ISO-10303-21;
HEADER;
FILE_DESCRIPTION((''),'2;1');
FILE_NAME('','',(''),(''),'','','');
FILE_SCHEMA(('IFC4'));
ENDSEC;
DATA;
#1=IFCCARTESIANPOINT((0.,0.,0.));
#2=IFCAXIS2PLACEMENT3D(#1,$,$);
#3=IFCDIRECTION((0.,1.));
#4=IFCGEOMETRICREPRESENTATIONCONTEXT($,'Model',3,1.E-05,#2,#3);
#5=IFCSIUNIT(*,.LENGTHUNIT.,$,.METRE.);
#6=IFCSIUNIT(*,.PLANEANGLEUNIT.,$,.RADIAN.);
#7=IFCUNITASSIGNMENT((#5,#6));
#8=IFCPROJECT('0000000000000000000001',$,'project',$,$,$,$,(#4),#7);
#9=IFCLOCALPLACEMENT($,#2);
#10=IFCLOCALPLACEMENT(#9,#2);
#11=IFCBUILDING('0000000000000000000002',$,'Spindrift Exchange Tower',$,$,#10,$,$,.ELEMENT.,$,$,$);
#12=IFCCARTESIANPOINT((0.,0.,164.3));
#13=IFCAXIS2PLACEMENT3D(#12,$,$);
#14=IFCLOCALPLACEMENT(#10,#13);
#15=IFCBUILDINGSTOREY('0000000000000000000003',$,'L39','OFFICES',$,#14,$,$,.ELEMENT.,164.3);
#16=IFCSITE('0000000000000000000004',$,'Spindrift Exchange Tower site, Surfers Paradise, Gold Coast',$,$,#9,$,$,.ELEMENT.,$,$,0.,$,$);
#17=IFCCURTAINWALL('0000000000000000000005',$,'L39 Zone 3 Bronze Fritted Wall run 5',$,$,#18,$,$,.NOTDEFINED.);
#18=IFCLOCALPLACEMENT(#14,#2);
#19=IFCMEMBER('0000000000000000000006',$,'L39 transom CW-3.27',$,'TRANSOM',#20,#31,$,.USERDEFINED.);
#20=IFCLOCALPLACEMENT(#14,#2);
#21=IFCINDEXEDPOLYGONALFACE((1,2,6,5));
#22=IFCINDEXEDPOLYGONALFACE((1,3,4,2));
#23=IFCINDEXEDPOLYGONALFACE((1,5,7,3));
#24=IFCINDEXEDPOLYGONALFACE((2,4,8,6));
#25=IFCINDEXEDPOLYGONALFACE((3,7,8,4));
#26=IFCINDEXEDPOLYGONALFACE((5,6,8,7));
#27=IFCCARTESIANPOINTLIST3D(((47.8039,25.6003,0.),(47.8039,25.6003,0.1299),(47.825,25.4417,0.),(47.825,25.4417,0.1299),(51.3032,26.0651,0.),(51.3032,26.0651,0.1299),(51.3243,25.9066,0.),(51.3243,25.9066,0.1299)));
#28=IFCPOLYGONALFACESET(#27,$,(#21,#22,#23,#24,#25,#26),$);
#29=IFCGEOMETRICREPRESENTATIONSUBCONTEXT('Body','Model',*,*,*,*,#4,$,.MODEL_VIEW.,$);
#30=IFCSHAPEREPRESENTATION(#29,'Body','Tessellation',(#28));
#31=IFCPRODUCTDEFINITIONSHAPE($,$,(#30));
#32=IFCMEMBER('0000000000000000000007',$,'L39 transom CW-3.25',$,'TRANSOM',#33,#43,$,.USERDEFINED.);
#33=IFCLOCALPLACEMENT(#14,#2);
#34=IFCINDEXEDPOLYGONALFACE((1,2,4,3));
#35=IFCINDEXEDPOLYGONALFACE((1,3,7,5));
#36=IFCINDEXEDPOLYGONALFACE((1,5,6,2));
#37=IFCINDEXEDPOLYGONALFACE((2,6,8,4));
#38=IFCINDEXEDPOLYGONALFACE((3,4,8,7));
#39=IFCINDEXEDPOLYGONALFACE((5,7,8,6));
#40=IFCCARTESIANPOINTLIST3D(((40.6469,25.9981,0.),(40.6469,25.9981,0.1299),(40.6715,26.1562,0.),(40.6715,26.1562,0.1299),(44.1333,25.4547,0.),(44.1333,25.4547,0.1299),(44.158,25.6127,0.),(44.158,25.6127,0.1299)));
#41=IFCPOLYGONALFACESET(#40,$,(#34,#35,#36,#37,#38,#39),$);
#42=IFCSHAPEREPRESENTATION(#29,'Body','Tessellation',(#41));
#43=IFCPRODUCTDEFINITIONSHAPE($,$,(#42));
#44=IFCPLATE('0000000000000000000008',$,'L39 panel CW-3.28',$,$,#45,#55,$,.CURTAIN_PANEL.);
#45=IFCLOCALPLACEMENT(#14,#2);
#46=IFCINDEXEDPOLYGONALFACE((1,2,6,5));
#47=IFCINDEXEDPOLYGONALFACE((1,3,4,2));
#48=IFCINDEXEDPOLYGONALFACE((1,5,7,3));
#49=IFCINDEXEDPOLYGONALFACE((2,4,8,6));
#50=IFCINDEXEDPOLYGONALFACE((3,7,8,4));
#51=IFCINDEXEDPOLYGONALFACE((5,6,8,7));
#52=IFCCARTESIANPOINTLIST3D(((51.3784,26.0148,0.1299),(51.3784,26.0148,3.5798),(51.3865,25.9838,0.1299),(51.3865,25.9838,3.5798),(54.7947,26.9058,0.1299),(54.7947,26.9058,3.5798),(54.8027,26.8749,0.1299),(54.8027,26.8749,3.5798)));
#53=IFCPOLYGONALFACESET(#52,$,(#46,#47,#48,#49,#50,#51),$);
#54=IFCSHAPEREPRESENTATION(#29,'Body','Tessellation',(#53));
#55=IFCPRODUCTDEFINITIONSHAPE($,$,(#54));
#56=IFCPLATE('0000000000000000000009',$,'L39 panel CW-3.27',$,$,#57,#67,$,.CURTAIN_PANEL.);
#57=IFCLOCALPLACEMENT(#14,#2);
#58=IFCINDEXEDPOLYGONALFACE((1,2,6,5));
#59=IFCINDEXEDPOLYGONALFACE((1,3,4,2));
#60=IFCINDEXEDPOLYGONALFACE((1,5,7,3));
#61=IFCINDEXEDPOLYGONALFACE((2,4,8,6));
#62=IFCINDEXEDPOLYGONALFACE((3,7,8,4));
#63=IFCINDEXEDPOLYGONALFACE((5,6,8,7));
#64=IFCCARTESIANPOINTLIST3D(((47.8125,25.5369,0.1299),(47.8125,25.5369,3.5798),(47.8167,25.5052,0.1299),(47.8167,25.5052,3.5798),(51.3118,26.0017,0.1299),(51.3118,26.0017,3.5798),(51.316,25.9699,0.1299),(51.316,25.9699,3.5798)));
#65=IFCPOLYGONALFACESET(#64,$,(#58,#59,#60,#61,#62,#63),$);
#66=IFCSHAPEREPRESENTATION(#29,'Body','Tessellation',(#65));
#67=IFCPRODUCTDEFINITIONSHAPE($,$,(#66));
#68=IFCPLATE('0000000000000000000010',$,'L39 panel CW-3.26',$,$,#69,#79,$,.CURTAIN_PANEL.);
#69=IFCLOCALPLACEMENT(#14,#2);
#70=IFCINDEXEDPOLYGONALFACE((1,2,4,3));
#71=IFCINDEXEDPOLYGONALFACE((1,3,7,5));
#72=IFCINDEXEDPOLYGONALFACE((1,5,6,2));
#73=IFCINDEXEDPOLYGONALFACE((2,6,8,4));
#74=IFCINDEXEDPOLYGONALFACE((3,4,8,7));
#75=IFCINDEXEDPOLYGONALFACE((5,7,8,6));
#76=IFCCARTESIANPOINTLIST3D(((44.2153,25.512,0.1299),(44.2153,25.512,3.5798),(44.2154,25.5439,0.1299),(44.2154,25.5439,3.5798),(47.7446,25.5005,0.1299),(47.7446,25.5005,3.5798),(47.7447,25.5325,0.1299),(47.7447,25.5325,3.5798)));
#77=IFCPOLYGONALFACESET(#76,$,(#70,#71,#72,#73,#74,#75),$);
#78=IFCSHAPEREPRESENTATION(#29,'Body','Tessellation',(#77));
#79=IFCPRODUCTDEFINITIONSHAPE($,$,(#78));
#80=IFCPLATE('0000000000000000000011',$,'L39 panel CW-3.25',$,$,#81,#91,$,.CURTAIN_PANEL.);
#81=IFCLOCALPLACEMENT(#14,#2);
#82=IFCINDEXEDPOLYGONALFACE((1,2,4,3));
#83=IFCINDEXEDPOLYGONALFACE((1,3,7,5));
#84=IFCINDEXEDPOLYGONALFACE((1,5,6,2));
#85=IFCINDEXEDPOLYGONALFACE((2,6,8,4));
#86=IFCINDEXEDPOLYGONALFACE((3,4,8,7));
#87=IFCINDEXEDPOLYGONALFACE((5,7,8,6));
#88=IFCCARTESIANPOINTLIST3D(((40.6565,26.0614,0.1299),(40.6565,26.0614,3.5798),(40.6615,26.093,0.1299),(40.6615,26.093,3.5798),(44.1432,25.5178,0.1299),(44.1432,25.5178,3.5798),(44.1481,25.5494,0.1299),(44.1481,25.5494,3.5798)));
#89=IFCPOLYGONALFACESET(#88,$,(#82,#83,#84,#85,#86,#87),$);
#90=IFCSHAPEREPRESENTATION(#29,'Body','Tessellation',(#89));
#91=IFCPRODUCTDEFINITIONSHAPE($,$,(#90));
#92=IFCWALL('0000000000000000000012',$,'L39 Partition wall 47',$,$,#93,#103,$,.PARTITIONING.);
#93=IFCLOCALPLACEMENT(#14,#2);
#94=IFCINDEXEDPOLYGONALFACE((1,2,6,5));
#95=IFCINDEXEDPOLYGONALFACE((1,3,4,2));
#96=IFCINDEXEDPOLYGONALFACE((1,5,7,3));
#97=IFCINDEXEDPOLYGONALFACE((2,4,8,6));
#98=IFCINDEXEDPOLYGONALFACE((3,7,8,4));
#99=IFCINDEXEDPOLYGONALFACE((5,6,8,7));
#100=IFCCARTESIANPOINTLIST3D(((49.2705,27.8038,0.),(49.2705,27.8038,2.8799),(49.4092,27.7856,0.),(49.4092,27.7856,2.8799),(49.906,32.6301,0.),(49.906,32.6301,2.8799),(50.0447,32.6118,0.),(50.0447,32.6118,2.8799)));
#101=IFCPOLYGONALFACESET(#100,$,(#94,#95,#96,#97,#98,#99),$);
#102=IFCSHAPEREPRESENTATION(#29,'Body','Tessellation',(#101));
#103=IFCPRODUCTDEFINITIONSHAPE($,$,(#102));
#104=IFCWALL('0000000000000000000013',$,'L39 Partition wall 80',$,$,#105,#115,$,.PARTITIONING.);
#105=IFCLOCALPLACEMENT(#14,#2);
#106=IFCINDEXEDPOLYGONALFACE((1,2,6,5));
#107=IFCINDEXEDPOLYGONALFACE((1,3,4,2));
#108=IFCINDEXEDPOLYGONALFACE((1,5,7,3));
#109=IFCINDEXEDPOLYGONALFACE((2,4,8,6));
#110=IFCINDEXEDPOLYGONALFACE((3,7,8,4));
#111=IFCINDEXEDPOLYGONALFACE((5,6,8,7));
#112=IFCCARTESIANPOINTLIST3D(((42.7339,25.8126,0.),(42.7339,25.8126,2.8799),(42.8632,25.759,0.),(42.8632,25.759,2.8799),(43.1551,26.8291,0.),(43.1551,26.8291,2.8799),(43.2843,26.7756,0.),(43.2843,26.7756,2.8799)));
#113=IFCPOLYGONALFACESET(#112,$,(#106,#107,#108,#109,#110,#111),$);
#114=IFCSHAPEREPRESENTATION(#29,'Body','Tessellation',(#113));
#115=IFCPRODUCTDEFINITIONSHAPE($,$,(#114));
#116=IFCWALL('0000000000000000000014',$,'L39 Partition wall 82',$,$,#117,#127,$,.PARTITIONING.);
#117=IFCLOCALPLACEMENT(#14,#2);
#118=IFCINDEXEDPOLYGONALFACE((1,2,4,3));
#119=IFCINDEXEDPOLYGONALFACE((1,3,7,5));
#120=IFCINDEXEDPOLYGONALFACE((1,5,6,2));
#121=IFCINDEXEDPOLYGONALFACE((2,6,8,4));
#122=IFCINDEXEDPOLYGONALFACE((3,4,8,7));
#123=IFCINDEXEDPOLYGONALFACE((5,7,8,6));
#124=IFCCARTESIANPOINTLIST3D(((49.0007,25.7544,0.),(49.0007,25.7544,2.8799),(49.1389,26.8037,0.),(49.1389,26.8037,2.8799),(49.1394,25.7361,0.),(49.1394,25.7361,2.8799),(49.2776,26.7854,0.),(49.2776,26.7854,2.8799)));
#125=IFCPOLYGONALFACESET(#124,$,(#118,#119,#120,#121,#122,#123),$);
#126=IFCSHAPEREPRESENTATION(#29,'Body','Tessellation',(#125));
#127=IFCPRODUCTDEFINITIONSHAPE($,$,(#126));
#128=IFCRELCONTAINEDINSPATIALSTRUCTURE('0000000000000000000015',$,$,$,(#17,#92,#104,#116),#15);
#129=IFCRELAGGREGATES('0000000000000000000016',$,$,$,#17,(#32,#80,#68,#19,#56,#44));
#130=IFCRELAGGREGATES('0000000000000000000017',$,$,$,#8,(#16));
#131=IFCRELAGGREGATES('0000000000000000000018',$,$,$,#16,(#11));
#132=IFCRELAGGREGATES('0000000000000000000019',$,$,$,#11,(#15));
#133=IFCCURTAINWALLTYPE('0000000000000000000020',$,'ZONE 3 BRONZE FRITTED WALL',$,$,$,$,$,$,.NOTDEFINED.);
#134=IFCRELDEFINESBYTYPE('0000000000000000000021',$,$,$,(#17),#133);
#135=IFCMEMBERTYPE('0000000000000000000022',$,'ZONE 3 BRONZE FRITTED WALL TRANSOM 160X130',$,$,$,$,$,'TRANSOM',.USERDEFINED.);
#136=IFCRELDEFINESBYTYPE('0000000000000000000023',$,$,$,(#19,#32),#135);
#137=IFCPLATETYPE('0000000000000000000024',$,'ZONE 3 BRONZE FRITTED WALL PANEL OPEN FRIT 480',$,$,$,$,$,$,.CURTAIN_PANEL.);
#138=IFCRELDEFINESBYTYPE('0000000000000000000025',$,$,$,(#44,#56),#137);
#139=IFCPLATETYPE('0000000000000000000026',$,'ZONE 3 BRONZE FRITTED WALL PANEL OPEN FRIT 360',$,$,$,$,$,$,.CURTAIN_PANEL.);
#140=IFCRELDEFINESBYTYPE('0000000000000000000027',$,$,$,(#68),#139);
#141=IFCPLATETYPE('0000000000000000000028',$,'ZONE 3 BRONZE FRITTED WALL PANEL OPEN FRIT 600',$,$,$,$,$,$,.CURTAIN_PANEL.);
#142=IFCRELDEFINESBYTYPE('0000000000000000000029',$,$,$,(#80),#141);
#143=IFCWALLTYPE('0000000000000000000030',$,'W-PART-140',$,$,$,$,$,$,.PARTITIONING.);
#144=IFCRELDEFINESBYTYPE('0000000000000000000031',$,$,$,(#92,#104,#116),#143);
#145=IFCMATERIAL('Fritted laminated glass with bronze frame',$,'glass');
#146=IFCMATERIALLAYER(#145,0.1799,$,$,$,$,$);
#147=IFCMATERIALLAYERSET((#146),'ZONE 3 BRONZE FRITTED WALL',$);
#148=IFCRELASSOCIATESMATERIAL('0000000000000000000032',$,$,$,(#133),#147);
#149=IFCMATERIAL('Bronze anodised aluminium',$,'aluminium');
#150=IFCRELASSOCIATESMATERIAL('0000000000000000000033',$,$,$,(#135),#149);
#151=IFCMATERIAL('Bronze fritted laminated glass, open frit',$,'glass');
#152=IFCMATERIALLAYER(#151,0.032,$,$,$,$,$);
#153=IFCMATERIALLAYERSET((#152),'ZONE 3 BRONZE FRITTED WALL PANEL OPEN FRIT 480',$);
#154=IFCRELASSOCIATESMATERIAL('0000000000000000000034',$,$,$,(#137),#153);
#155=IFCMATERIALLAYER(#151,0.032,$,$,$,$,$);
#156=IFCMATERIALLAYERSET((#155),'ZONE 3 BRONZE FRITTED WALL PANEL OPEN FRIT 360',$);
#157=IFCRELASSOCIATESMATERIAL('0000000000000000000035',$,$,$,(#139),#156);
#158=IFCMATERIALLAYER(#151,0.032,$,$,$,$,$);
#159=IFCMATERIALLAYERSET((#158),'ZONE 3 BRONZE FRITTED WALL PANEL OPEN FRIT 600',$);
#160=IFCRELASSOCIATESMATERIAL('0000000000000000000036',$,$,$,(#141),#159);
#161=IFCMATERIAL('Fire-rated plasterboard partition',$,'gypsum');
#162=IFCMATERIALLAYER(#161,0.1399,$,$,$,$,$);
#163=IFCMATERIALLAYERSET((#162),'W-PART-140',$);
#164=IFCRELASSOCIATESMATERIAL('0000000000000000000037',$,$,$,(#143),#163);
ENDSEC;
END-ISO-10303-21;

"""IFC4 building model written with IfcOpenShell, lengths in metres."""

from ifc_helpers import new_model, si_unit, direction, frame, frame_2d, origin, origin_2d, place, context, subcontext, project, spatial, rectangle, extrude, source, transform, mapped, material, layer, layer_set, material_profile, profile_set, type_object, element, aggregate, save


model = new_model("IFC4")

# Units and contexts
model_context = context("Model", 3, precision=1e-05, world=origin(), true_north=direction((0.0, 1.0)))
body_context = subcontext(model_context, "Body", "Model", "MODEL_VIEW")
ifc_project = project(units=[si_unit("LENGTHUNIT", "METRE"), si_unit("PLANEANGLEUNIT", "RADIAN")], contexts=[model_context])

# Site, building, storey
site_placement = place(None, origin())
site = spatial("IfcSite", under=ifc_project, at=site_placement, Name="Spindrift Exchange Tower site, Surfers Paradise, Gold Coast", CompositionType="ELEMENT", RefElevation=0.0)
building_placement = place(site_placement, origin())
building = spatial("IfcBuilding", under=site, at=building_placement, Name="Spindrift Exchange Tower", CompositionType="ELEMENT")
storey_placement = place(building_placement, frame((0.0, 0.0, 164.3)))
storey = spatial("IfcBuildingStorey", under=building, at=storey_placement, Name="L39", Description="OFFICES", CompositionType="ELEMENT", Elevation=164.3)

# Curtain wall, members, plates
ifc_material_1 = material(Name="Fritted laminated glass with bronze frame", Category="glass")
ifc_layer_1 = layer(ifc_material_1, 0.1799)
ifc_layer_set_1 = layer_set([ifc_layer_1], Name="ZONE 3 BRONZE FRITTED WALL")
curtain_wall_type = type_object("IfcCurtainWallType", Name="ZONE 3 BRONZE FRITTED WALL", PredefinedType="NOTDEFINED", material=ifc_layer_set_1)
curtain_wall_placement = place(storey_placement, origin())
curtain_wall = element("IfcCurtainWall", 1, at=curtain_wall_placement, inside=storey, type_object=curtain_wall_type, Name="L39 Zone 3 Bronze Fritted Wall run 5", PredefinedType="NOTDEFINED")
ifc_material_2 = material(Name="Bronze anodised aluminium", Category="aluminium")
ifc_material_profile_1 = material_profile(ifc_material_2, rectangle(XDim=0.1599, YDim=0.1299, at=origin_2d()), Name="ZONE 3 BRONZE FRITTED WALL TRANSOM 160X130")
ifc_profile_set_1 = profile_set([ifc_material_profile_1], Name="Bronze anodised aluminium")
member_type_1 = type_object("IfcMemberType", Name="ZONE 3 BRONZE FRITTED WALL TRANSOM 160X130", ElementType="TRANSOM", PredefinedType="USERDEFINED", material=ifc_profile_set_1)
shared_shape_1 = source(origin(), body_context, "Body", "SweptSolid", [
    extrude(rectangle(XDim=0.1599, YDim=0.1299, at=origin_2d()), origin(), (0.0, 0.0, 1.0), 3.53),
])
member_1_placement = place(storey_placement, frame((47.8145, 25.521, 0.0649), z_axis=(0.991292, 0.131684, 0.0), x_axis=(-0.131684, 0.991292, 0.0)))
member_1 = element("IfcMember", 2, at=member_1_placement, type_object=member_type_1, Name="L39 transom CW-3.27", ObjectType="TRANSOM", PredefinedType="USERDEFINED", context=body_context, shape_type="MappedRepresentation", body=[
    mapped(shared_shape_1, transform((0.0, 0.0, 0.0), scale=1.0)),
])
shared_shape_2 = source(origin(), body_context, "Body", "SweptSolid", [
    extrude(rectangle(XDim=0.1599, YDim=0.1299, at=origin_2d()), origin(), (0.0, 0.0, 1.0), 3.5286),
])
member_2_placement = place(storey_placement, frame((40.6592, 26.0771, 0.0649), z_axis=(0.988069, -0.154012, 0.0), x_axis=(0.154012, 0.988069, 0.0)))
member_2 = element("IfcMember", 3, at=member_2_placement, type_object=member_type_1, Name="L39 transom CW-3.25", ObjectType="TRANSOM", PredefinedType="USERDEFINED", context=body_context, shape_type="MappedRepresentation", body=[
    mapped(shared_shape_2, transform((0.0, 0.0, 0.0), scale=1.0)),
])
ifc_material_3 = material(Name="Bronze fritted laminated glass, open frit", Category="glass")
ifc_layer_2 = layer(ifc_material_3, 0.032)
ifc_layer_set_2 = layer_set([ifc_layer_2], Name="ZONE 3 BRONZE FRITTED WALL PANEL OPEN FRIT 480")
plate_type_1 = type_object("IfcPlateType", Name="ZONE 3 BRONZE FRITTED WALL PANEL OPEN FRIT 480", PredefinedType="CURTAIN_PANEL", material=ifc_layer_set_2)
shared_shape_3 = source(origin(), body_context, "Body", "SweptSolid", [
    extrude(rectangle(XDim=3.5305, YDim=0.032, at=origin_2d()), origin(), (0.0, 0.0, 1.0), 3.45),
])
plate_1_placement = place(storey_placement, frame((53.0906, 26.4448, 0.1299), z_axis=(0.0, 0.0, 1.0), x_axis=(0.967627, 0.252385, 0.0)))
plate_1 = element("IfcPlate", 4, at=plate_1_placement, type_object=plate_type_1, Name="L39 panel CW-3.28", PredefinedType="CURTAIN_PANEL", context=body_context, shape_type="MappedRepresentation", body=[
    mapped(shared_shape_3, transform((0.0, 0.0, 0.0), scale=1.0)),
])
shared_shape_4 = source(origin(), body_context, "Body", "SweptSolid", [
    extrude(rectangle(XDim=3.53, YDim=0.032, at=origin_2d()), origin(), (0.0, 0.0, 1.0), 3.45),
])
plate_2_placement = place(storey_placement, frame((49.5642, 25.7534, 0.1299), z_axis=(0.0, 0.0, 1.0), x_axis=(0.991295, 0.131661, 0.0)))
plate_2 = element("IfcPlate", 5, at=plate_2_placement, type_object=plate_type_1, Name="L39 panel CW-3.27", PredefinedType="CURTAIN_PANEL", context=body_context, shape_type="MappedRepresentation", body=[
    mapped(shared_shape_4, transform((0.0, 0.0, 0.0), scale=1.0)),
])
ifc_layer_3 = layer(ifc_material_3, 0.032)
ifc_layer_set_3 = layer_set([ifc_layer_3], Name="ZONE 3 BRONZE FRITTED WALL PANEL OPEN FRIT 360")
plate_type_2 = type_object("IfcPlateType", Name="ZONE 3 BRONZE FRITTED WALL PANEL OPEN FRIT 360", PredefinedType="CURTAIN_PANEL", material=ifc_layer_set_3)
shared_shape_5 = source(origin(), body_context, "Body", "SweptSolid", [
    extrude(rectangle(XDim=3.5293, YDim=0.032, at=origin_2d()), origin(), (0.0, 0.0, 1.0), 3.45),
])
plate_3_placement = place(storey_placement, frame((45.98, 25.5222, 0.1299), z_axis=(0.0, 0.0, 1.0), x_axis=(0.999995, -0.00325, 0.0)))
plate_3 = element("IfcPlate", 6, at=plate_3_placement, type_object=plate_type_2, Name="L39 panel CW-3.26", PredefinedType="CURTAIN_PANEL", context=body_context, shape_type="MappedRepresentation", body=[
    mapped(shared_shape_5, transform((0.0, 0.0, 0.0), scale=1.0)),
])
ifc_layer_4 = layer(ifc_material_3, 0.032)
ifc_layer_set_4 = layer_set([ifc_layer_4], Name="ZONE 3 BRONZE FRITTED WALL PANEL OPEN FRIT 600")
plate_type_3 = type_object("IfcPlateType", Name="ZONE 3 BRONZE FRITTED WALL PANEL OPEN FRIT 600", PredefinedType="CURTAIN_PANEL", material=ifc_layer_set_4)
shared_shape_6 = source(origin(), body_context, "Body", "SweptSolid", [
    extrude(rectangle(XDim=3.5288, YDim=0.032, at=origin_2d()), origin(), (0.0, 0.0, 1.0), 3.45),
])
plate_4_placement = place(storey_placement, frame((42.4023, 25.8054, 0.1299), z_axis=(0.0, 0.0, 1.0), x_axis=(0.988063, -0.154053, 0.0)))
plate_4 = element("IfcPlate", 7, at=plate_4_placement, type_object=plate_type_3, Name="L39 panel CW-3.25", PredefinedType="CURTAIN_PANEL", context=body_context, shape_type="MappedRepresentation", body=[
    mapped(shared_shape_6, transform((0.0, 0.0, 0.0), scale=1.0)),
])
aggregate(curtain_wall, [member_2, plate_4, plate_3, member_1, plate_2, plate_1])

# Walls
ifc_material_4 = material(Name="Fire-rated plasterboard partition", Category="gypsum")
ifc_layer_5 = layer(ifc_material_4, 0.1399)
ifc_layer_set_5 = layer_set([ifc_layer_5], Name="W-PART-140")
wall_type = type_object("IfcWallType", Name="W-PART-140", PredefinedType="PARTITIONING", material=ifc_layer_set_5)
wall_1_placement = place(storey_placement, frame((49.9753, 32.6211, 0.0), z_axis=(0.0, 0.0, 1.0), x_axis=(-0.130551, -0.991442, 0.0)))
element("IfcWall", 8, at=wall_1_placement, inside=storey, type_object=wall_type, Name="L39 Partition wall 47", PredefinedType="PARTITIONING", context=body_context, shape_type="SweptSolid", body=[
    extrude(rectangle(XDim=4.8679, YDim=0.1399, at=frame_2d((2.4341, 0.0))), origin(), (0.0, 0.0, 1.0), 2.8799),
])
wall_2_placement = place(storey_placement, frame((43.2197, 26.8025, 0.0), z_axis=(0.0, 0.0, 1.0), x_axis=(-0.382724, -0.923863, 0.0)))
element("IfcWall", 9, at=wall_2_placement, inside=storey, type_object=wall_type, Name="L39 Partition wall 80", PredefinedType="PARTITIONING", context=body_context, shape_type="SweptSolid", body=[
    extrude(rectangle(XDim=1.1003, YDim=0.1399, at=frame_2d((0.5503, 0.0))), origin(), (0.0, 0.0, 1.0), 2.8799),
])
wall_3_placement = place(storey_placement, frame((49.2083, 26.7947, 0.0), z_axis=(0.0, 0.0, 1.0), x_axis=(-0.130562, -0.99144, 0.0)))
element("IfcWall", 10, at=wall_3_placement, inside=storey, type_object=wall_type, Name="L39 Partition wall 82", PredefinedType="PARTITIONING", context=body_context, shape_type="SweptSolid", body=[
    extrude(rectangle(XDim=1.0583, YDim=0.1399, at=frame_2d((0.5293, 0.0))), origin(), (0.0, 0.0, 1.0), 2.8799),
])

save(model, "model.ifc")
